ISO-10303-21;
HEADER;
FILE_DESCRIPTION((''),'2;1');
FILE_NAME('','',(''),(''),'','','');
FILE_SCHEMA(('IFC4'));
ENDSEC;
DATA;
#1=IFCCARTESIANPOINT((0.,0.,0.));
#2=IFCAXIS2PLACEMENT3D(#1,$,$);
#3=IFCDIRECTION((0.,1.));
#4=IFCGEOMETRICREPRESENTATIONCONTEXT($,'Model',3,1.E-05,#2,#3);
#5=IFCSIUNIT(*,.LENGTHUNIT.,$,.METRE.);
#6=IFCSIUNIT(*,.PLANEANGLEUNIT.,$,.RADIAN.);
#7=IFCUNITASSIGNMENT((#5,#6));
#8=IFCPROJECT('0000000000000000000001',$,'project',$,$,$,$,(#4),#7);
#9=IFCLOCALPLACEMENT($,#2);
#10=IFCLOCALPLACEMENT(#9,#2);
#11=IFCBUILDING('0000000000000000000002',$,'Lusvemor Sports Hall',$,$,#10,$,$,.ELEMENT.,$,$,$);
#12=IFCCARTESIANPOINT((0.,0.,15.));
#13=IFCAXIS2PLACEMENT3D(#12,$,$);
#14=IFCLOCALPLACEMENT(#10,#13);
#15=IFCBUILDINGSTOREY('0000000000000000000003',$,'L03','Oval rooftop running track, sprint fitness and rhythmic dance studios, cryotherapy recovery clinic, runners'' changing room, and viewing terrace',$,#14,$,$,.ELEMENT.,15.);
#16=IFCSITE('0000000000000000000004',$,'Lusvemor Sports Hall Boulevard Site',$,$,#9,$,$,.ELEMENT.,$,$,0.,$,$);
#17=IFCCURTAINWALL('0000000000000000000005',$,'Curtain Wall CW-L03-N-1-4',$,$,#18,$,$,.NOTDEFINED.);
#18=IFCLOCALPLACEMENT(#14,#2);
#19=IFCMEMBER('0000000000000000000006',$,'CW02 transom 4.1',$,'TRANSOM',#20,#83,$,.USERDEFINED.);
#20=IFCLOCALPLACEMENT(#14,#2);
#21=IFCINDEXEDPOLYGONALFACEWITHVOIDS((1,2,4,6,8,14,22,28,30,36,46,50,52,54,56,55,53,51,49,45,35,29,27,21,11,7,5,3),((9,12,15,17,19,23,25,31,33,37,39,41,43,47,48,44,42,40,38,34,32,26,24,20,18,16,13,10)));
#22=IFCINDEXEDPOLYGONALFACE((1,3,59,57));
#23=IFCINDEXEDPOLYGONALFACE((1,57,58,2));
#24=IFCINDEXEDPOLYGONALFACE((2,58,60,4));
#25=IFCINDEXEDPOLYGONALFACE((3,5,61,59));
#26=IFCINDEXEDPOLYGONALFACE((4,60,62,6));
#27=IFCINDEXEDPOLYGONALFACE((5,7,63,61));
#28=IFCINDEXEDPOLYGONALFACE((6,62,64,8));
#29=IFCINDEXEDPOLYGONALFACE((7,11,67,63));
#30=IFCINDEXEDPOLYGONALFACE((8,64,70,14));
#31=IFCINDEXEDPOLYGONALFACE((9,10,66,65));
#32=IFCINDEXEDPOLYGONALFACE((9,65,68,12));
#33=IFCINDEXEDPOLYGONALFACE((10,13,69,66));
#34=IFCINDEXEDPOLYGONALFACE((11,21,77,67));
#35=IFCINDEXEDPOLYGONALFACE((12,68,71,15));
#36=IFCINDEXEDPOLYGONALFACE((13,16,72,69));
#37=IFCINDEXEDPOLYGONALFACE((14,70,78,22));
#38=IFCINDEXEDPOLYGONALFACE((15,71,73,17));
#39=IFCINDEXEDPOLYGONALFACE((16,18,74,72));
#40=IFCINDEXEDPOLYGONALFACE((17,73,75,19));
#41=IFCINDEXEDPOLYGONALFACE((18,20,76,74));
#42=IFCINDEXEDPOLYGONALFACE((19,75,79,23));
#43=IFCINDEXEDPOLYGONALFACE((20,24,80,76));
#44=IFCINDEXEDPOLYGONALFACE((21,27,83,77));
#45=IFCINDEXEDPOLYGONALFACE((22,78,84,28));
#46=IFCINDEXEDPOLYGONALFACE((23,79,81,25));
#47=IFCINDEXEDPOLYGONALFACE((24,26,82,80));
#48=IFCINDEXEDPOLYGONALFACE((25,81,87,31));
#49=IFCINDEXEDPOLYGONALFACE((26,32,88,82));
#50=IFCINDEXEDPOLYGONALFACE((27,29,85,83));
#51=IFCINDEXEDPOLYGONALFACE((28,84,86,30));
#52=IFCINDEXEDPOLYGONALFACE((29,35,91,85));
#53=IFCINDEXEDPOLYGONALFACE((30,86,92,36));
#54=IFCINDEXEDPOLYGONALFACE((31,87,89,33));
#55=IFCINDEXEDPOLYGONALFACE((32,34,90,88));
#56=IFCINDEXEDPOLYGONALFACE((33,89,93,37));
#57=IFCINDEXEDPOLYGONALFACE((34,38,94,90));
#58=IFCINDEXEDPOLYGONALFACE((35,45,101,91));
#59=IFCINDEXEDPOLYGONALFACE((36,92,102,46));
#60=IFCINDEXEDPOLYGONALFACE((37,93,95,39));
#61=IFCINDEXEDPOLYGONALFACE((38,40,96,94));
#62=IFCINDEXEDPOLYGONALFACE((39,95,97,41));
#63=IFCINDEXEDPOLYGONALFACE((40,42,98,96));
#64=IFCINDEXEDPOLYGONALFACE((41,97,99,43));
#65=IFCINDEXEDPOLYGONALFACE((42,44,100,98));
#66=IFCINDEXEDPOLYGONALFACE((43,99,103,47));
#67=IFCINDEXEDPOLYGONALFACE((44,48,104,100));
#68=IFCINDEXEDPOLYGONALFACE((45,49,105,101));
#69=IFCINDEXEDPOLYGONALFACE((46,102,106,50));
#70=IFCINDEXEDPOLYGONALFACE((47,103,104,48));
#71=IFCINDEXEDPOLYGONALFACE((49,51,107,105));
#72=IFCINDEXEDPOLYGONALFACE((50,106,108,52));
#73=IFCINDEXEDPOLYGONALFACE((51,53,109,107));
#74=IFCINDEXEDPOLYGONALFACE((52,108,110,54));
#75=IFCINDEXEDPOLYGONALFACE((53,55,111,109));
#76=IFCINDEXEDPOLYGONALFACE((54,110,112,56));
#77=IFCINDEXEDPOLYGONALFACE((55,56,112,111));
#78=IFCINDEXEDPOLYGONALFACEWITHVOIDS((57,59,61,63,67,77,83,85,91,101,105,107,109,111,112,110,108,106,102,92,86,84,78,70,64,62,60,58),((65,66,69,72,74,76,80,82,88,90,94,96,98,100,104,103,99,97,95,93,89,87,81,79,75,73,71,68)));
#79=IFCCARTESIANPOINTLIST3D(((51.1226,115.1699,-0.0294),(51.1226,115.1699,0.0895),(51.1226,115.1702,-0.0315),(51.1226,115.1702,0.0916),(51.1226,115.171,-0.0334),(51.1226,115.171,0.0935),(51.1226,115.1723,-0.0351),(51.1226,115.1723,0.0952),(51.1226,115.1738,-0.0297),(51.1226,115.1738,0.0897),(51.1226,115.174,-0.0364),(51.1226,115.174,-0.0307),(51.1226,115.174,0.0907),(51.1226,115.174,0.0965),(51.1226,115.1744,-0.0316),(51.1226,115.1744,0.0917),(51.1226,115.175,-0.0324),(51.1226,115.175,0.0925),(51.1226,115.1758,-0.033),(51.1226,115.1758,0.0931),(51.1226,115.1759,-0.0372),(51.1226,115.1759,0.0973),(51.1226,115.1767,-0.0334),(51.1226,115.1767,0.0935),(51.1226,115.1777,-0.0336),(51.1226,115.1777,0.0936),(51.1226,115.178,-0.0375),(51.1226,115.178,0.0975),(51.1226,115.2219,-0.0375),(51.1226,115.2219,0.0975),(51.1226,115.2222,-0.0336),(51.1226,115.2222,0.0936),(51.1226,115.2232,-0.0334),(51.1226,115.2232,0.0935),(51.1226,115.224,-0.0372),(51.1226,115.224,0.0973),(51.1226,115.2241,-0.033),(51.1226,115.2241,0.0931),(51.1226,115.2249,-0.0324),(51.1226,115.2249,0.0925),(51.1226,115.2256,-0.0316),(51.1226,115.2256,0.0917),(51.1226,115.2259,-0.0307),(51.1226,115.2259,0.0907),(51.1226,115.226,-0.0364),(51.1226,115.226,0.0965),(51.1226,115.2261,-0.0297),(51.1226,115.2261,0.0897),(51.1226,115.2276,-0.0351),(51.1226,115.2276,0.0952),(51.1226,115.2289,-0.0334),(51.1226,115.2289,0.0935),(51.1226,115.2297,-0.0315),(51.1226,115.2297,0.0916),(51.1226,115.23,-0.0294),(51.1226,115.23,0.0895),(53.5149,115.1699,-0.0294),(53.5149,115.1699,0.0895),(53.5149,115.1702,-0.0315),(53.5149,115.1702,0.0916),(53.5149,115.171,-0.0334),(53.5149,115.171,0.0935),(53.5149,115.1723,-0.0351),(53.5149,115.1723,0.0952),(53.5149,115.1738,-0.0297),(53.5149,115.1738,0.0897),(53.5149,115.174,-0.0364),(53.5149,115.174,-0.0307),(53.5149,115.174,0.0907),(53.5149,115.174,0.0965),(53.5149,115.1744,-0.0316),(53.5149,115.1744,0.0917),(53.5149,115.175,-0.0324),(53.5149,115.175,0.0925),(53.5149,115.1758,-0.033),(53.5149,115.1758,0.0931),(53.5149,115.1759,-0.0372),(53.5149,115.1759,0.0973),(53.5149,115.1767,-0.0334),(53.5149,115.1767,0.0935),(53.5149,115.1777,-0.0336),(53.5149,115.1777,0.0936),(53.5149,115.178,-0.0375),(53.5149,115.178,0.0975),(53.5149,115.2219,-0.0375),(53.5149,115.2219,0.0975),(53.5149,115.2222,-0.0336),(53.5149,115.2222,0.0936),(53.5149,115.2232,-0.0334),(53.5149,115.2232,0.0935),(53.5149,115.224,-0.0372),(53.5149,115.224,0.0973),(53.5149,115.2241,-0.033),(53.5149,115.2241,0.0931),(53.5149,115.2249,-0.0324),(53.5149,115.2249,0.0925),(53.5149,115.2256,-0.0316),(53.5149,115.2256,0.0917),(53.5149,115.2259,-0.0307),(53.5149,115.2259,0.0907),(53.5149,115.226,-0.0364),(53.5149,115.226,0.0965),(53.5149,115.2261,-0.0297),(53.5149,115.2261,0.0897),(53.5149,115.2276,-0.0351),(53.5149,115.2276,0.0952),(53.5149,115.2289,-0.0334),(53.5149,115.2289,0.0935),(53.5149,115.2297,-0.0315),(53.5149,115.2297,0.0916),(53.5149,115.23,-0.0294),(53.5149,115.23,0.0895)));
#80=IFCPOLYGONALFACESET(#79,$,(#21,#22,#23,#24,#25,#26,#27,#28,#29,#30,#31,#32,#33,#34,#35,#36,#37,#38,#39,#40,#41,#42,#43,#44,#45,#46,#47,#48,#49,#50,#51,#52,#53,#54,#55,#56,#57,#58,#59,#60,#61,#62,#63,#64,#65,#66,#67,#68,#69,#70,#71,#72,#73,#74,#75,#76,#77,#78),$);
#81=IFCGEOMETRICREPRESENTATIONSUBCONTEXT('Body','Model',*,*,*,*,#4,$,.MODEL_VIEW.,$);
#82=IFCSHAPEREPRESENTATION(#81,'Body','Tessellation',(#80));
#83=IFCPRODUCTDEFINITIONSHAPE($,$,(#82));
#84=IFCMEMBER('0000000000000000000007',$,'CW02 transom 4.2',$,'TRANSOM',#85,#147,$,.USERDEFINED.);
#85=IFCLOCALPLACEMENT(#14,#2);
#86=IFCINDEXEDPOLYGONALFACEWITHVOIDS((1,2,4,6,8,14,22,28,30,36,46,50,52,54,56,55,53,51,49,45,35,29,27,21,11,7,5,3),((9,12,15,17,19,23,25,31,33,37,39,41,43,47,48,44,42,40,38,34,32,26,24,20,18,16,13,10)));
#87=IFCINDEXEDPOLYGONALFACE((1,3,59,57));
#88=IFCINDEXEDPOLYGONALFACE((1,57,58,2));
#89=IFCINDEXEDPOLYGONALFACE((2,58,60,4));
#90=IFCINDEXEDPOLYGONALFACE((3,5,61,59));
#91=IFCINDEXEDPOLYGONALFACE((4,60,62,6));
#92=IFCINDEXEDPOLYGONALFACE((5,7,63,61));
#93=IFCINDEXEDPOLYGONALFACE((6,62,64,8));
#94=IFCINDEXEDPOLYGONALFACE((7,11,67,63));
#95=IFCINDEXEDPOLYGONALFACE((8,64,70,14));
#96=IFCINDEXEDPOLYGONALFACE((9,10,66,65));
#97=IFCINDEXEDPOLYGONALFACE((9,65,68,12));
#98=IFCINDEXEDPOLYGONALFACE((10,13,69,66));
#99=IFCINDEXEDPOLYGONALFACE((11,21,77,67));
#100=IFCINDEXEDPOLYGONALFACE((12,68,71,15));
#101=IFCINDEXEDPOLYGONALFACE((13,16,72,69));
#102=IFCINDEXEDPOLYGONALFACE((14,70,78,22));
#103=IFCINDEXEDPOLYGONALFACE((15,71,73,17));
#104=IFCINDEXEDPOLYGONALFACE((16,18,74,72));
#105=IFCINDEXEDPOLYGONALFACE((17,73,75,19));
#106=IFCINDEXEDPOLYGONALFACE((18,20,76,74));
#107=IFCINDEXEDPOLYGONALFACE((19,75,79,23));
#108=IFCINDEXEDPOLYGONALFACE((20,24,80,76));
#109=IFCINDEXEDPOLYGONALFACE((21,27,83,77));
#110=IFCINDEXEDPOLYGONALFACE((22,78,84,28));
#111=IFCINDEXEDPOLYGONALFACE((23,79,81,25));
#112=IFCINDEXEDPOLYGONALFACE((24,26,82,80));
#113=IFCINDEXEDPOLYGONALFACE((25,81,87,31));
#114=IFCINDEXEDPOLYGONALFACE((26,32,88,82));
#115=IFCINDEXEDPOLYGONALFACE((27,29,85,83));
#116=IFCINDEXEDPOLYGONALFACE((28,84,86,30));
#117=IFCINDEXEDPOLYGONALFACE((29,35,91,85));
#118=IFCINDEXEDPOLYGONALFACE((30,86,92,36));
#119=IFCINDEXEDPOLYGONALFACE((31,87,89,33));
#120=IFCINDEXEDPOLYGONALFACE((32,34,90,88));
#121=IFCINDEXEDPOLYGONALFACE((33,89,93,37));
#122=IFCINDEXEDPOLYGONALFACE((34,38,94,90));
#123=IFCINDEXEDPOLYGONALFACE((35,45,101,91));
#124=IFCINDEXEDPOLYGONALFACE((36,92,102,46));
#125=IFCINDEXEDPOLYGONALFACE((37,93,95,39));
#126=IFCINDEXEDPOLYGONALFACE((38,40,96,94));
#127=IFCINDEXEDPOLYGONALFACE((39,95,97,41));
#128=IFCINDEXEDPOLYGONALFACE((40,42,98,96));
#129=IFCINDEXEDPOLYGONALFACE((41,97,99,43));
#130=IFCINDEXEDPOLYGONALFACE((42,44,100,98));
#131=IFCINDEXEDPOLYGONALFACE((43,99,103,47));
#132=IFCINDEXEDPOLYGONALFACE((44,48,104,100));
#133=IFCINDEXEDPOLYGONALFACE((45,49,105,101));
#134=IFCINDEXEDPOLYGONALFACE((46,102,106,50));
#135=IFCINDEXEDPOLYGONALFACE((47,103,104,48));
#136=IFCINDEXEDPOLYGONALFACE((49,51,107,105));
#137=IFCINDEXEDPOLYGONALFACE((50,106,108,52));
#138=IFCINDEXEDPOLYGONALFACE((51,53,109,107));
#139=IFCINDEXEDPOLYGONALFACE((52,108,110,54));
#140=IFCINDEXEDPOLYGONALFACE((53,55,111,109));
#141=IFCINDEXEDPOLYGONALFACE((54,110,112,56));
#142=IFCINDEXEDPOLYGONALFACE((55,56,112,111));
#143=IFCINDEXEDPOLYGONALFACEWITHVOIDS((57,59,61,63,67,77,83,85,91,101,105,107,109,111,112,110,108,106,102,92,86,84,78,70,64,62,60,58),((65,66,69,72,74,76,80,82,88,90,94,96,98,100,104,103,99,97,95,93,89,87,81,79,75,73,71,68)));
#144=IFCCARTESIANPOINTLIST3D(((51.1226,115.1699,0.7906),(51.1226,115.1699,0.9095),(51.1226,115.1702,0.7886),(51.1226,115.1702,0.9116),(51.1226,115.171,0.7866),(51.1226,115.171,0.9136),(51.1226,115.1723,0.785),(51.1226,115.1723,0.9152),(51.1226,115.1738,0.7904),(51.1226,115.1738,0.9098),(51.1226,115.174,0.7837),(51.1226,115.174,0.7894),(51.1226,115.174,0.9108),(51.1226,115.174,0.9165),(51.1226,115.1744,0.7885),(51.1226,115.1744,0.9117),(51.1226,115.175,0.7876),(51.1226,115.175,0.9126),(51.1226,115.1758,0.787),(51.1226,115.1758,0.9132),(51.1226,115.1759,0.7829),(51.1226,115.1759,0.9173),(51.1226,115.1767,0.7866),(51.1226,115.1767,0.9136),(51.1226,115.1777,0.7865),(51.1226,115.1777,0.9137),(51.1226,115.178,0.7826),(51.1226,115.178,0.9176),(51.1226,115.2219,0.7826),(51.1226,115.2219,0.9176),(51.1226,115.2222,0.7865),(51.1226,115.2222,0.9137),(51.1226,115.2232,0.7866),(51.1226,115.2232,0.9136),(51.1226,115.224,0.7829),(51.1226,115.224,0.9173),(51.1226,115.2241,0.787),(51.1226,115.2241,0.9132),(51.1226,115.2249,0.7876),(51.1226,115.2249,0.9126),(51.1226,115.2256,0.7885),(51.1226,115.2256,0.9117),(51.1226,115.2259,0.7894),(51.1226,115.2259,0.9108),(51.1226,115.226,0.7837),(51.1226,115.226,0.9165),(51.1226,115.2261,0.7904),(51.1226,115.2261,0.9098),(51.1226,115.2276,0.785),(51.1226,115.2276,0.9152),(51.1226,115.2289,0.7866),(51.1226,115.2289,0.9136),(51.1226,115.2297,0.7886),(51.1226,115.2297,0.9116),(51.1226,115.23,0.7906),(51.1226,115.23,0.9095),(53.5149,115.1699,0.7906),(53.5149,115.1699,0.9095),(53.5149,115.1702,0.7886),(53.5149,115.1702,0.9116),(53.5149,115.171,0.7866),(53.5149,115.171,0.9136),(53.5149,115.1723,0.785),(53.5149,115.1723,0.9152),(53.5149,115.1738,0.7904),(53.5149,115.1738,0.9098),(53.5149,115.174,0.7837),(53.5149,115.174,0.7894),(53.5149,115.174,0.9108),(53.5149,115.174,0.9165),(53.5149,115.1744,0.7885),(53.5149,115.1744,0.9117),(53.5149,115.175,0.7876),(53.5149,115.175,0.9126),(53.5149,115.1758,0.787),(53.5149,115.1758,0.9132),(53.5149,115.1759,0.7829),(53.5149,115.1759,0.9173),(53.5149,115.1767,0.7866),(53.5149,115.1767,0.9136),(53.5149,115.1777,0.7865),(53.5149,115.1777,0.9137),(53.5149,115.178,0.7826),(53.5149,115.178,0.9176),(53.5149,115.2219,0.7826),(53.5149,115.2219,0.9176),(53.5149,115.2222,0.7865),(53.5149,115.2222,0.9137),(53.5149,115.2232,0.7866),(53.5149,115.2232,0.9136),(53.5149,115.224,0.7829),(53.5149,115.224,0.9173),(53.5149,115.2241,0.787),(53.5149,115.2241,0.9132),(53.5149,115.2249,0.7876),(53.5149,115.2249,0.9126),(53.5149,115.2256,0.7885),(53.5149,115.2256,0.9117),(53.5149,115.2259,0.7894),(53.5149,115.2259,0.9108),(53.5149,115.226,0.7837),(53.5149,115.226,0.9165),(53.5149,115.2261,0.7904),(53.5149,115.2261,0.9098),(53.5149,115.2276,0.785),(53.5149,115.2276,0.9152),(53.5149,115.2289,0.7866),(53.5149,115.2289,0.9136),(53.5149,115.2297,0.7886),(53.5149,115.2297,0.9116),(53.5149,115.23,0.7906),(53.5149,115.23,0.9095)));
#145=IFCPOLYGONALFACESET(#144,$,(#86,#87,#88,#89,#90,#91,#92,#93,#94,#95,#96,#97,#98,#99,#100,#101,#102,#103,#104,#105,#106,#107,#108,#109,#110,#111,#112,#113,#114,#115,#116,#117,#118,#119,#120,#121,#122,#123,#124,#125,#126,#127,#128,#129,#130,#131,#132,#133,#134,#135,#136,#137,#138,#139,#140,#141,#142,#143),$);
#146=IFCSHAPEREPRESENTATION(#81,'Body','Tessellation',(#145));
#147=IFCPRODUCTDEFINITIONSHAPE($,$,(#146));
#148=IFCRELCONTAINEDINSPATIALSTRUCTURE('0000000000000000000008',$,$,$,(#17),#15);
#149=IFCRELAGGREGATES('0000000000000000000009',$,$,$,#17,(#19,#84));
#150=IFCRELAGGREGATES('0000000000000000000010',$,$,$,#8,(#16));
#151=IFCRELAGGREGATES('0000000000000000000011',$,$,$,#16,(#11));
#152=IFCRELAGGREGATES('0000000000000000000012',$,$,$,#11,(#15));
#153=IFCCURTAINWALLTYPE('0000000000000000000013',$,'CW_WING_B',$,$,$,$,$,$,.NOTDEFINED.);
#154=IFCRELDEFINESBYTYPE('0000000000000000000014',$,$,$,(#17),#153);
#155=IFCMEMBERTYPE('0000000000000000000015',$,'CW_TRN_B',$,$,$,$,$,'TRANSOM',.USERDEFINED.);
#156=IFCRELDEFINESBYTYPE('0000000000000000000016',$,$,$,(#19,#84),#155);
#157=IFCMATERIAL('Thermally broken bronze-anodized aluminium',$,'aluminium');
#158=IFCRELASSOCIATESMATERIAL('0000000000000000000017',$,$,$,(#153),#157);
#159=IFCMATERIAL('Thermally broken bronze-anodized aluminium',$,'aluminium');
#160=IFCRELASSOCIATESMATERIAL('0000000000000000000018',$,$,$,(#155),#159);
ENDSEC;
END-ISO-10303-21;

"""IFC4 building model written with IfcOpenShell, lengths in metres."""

from ifc_helpers import new_model, si_unit, direction, frame, origin, origin_2d, place, context, subcontext, project, spatial, hollow_rectangle, extrude, material, material_profile, profile_set, type_object, element, aggregate, save


model = new_model("IFC4")

# Units and contexts
model_context = context("Model", 3, precision=1e-05, world=origin(), true_north=direction((0.0, 1.0)))
body_context = subcontext(model_context, "Body", "Model", "MODEL_VIEW")
ifc_project = project(units=[si_unit("LENGTHUNIT", "METRE"), si_unit("PLANEANGLEUNIT", "RADIAN")], contexts=[model_context])

# Site, building, storey
site_placement = place(None, origin())
site = spatial("IfcSite", under=ifc_project, at=site_placement, Name="Lusvemor Sports Hall Boulevard Site", CompositionType="ELEMENT", RefElevation=0.0)
building_placement = place(site_placement, origin())
building = spatial("IfcBuilding", under=site, at=building_placement, Name="Lusvemor Sports Hall", CompositionType="ELEMENT")
storey_placement = place(building_placement, frame((0.0, 0.0, 15.0)))
storey = spatial("IfcBuildingStorey", under=building, at=storey_placement, Name="L03", Description="Oval rooftop running track, sprint fitness and rhythmic dance studios, cryotherapy recovery clinic, runners' changing room, and viewing terrace", CompositionType="ELEMENT", Elevation=15.0)

# Curtain wall, members
ifc_material_1 = material(Name="Thermally broken bronze-anodized aluminium", Category="aluminium")
curtain_wall_type = type_object("IfcCurtainWallType", Name="CW_WING_B", PredefinedType="NOTDEFINED", material=ifc_material_1)
curtain_wall_placement = place(storey_placement, origin())
curtain_wall = element("IfcCurtainWall", 1, at=curtain_wall_placement, inside=storey, type_object=curtain_wall_type, Name="Curtain Wall CW-L03-N-1-4", PredefinedType="NOTDEFINED")
ifc_material_2 = material(Name="Thermally broken bronze-anodized aluminium", Category="aluminium")
ifc_material_profile_1 = material_profile(ifc_material_2, hollow_rectangle(XDim=0.0601, YDim=0.135, WallThickness=0.0039, InnerFilletRadius=0.0039, OuterFilletRadius=0.0081, at=origin_2d()), Name="CWTRN135x60x4")
ifc_profile_set_1 = profile_set([ifc_material_profile_1], Name="Thermally broken bronze-anodized aluminium")
member_type_1 = type_object("IfcMemberType", Name="CW_TRN_B", ElementType="TRANSOM", PredefinedType="USERDEFINED", material=ifc_profile_set_1)
member_1_placement = place(storey_placement, frame((51.1226, 115.2, 0.03), z_axis=(1.0, 0.0, 0.0), x_axis=(0.0, 1.0, 0.0)))
member_1 = element("IfcMember", 2, at=member_1_placement, type_object=member_type_1, Name="CW02 transom 4.1", ObjectType="TRANSOM", PredefinedType="USERDEFINED", context=body_context, shape_type="SweptSolid", body=[
    extrude(hollow_rectangle(XDim=0.0601, YDim=0.135, WallThickness=0.0039, InnerFilletRadius=0.0039, OuterFilletRadius=0.0081, at=origin_2d()), origin(), (0.0, 0.0, 1.0), 2.3923),
])
member_2_placement = place(storey_placement, frame((51.1226, 115.2, 0.8501), z_axis=(1.0, 0.0, 0.0), x_axis=(0.0, 1.0, 0.0)))
member_2 = element("IfcMember", 3, at=member_2_placement, type_object=member_type_1, Name="CW02 transom 4.2", ObjectType="TRANSOM", PredefinedType="USERDEFINED", context=body_context, shape_type="SweptSolid", body=[
    extrude(hollow_rectangle(XDim=0.0601, YDim=0.135, WallThickness=0.0039, InnerFilletRadius=0.0039, OuterFilletRadius=0.0081, at=origin_2d()), origin(), (0.0, 0.0, 1.0), 2.3923),
])

aggregate(curtain_wall, [member_1, member_2])

save(model, "model.ifc")
